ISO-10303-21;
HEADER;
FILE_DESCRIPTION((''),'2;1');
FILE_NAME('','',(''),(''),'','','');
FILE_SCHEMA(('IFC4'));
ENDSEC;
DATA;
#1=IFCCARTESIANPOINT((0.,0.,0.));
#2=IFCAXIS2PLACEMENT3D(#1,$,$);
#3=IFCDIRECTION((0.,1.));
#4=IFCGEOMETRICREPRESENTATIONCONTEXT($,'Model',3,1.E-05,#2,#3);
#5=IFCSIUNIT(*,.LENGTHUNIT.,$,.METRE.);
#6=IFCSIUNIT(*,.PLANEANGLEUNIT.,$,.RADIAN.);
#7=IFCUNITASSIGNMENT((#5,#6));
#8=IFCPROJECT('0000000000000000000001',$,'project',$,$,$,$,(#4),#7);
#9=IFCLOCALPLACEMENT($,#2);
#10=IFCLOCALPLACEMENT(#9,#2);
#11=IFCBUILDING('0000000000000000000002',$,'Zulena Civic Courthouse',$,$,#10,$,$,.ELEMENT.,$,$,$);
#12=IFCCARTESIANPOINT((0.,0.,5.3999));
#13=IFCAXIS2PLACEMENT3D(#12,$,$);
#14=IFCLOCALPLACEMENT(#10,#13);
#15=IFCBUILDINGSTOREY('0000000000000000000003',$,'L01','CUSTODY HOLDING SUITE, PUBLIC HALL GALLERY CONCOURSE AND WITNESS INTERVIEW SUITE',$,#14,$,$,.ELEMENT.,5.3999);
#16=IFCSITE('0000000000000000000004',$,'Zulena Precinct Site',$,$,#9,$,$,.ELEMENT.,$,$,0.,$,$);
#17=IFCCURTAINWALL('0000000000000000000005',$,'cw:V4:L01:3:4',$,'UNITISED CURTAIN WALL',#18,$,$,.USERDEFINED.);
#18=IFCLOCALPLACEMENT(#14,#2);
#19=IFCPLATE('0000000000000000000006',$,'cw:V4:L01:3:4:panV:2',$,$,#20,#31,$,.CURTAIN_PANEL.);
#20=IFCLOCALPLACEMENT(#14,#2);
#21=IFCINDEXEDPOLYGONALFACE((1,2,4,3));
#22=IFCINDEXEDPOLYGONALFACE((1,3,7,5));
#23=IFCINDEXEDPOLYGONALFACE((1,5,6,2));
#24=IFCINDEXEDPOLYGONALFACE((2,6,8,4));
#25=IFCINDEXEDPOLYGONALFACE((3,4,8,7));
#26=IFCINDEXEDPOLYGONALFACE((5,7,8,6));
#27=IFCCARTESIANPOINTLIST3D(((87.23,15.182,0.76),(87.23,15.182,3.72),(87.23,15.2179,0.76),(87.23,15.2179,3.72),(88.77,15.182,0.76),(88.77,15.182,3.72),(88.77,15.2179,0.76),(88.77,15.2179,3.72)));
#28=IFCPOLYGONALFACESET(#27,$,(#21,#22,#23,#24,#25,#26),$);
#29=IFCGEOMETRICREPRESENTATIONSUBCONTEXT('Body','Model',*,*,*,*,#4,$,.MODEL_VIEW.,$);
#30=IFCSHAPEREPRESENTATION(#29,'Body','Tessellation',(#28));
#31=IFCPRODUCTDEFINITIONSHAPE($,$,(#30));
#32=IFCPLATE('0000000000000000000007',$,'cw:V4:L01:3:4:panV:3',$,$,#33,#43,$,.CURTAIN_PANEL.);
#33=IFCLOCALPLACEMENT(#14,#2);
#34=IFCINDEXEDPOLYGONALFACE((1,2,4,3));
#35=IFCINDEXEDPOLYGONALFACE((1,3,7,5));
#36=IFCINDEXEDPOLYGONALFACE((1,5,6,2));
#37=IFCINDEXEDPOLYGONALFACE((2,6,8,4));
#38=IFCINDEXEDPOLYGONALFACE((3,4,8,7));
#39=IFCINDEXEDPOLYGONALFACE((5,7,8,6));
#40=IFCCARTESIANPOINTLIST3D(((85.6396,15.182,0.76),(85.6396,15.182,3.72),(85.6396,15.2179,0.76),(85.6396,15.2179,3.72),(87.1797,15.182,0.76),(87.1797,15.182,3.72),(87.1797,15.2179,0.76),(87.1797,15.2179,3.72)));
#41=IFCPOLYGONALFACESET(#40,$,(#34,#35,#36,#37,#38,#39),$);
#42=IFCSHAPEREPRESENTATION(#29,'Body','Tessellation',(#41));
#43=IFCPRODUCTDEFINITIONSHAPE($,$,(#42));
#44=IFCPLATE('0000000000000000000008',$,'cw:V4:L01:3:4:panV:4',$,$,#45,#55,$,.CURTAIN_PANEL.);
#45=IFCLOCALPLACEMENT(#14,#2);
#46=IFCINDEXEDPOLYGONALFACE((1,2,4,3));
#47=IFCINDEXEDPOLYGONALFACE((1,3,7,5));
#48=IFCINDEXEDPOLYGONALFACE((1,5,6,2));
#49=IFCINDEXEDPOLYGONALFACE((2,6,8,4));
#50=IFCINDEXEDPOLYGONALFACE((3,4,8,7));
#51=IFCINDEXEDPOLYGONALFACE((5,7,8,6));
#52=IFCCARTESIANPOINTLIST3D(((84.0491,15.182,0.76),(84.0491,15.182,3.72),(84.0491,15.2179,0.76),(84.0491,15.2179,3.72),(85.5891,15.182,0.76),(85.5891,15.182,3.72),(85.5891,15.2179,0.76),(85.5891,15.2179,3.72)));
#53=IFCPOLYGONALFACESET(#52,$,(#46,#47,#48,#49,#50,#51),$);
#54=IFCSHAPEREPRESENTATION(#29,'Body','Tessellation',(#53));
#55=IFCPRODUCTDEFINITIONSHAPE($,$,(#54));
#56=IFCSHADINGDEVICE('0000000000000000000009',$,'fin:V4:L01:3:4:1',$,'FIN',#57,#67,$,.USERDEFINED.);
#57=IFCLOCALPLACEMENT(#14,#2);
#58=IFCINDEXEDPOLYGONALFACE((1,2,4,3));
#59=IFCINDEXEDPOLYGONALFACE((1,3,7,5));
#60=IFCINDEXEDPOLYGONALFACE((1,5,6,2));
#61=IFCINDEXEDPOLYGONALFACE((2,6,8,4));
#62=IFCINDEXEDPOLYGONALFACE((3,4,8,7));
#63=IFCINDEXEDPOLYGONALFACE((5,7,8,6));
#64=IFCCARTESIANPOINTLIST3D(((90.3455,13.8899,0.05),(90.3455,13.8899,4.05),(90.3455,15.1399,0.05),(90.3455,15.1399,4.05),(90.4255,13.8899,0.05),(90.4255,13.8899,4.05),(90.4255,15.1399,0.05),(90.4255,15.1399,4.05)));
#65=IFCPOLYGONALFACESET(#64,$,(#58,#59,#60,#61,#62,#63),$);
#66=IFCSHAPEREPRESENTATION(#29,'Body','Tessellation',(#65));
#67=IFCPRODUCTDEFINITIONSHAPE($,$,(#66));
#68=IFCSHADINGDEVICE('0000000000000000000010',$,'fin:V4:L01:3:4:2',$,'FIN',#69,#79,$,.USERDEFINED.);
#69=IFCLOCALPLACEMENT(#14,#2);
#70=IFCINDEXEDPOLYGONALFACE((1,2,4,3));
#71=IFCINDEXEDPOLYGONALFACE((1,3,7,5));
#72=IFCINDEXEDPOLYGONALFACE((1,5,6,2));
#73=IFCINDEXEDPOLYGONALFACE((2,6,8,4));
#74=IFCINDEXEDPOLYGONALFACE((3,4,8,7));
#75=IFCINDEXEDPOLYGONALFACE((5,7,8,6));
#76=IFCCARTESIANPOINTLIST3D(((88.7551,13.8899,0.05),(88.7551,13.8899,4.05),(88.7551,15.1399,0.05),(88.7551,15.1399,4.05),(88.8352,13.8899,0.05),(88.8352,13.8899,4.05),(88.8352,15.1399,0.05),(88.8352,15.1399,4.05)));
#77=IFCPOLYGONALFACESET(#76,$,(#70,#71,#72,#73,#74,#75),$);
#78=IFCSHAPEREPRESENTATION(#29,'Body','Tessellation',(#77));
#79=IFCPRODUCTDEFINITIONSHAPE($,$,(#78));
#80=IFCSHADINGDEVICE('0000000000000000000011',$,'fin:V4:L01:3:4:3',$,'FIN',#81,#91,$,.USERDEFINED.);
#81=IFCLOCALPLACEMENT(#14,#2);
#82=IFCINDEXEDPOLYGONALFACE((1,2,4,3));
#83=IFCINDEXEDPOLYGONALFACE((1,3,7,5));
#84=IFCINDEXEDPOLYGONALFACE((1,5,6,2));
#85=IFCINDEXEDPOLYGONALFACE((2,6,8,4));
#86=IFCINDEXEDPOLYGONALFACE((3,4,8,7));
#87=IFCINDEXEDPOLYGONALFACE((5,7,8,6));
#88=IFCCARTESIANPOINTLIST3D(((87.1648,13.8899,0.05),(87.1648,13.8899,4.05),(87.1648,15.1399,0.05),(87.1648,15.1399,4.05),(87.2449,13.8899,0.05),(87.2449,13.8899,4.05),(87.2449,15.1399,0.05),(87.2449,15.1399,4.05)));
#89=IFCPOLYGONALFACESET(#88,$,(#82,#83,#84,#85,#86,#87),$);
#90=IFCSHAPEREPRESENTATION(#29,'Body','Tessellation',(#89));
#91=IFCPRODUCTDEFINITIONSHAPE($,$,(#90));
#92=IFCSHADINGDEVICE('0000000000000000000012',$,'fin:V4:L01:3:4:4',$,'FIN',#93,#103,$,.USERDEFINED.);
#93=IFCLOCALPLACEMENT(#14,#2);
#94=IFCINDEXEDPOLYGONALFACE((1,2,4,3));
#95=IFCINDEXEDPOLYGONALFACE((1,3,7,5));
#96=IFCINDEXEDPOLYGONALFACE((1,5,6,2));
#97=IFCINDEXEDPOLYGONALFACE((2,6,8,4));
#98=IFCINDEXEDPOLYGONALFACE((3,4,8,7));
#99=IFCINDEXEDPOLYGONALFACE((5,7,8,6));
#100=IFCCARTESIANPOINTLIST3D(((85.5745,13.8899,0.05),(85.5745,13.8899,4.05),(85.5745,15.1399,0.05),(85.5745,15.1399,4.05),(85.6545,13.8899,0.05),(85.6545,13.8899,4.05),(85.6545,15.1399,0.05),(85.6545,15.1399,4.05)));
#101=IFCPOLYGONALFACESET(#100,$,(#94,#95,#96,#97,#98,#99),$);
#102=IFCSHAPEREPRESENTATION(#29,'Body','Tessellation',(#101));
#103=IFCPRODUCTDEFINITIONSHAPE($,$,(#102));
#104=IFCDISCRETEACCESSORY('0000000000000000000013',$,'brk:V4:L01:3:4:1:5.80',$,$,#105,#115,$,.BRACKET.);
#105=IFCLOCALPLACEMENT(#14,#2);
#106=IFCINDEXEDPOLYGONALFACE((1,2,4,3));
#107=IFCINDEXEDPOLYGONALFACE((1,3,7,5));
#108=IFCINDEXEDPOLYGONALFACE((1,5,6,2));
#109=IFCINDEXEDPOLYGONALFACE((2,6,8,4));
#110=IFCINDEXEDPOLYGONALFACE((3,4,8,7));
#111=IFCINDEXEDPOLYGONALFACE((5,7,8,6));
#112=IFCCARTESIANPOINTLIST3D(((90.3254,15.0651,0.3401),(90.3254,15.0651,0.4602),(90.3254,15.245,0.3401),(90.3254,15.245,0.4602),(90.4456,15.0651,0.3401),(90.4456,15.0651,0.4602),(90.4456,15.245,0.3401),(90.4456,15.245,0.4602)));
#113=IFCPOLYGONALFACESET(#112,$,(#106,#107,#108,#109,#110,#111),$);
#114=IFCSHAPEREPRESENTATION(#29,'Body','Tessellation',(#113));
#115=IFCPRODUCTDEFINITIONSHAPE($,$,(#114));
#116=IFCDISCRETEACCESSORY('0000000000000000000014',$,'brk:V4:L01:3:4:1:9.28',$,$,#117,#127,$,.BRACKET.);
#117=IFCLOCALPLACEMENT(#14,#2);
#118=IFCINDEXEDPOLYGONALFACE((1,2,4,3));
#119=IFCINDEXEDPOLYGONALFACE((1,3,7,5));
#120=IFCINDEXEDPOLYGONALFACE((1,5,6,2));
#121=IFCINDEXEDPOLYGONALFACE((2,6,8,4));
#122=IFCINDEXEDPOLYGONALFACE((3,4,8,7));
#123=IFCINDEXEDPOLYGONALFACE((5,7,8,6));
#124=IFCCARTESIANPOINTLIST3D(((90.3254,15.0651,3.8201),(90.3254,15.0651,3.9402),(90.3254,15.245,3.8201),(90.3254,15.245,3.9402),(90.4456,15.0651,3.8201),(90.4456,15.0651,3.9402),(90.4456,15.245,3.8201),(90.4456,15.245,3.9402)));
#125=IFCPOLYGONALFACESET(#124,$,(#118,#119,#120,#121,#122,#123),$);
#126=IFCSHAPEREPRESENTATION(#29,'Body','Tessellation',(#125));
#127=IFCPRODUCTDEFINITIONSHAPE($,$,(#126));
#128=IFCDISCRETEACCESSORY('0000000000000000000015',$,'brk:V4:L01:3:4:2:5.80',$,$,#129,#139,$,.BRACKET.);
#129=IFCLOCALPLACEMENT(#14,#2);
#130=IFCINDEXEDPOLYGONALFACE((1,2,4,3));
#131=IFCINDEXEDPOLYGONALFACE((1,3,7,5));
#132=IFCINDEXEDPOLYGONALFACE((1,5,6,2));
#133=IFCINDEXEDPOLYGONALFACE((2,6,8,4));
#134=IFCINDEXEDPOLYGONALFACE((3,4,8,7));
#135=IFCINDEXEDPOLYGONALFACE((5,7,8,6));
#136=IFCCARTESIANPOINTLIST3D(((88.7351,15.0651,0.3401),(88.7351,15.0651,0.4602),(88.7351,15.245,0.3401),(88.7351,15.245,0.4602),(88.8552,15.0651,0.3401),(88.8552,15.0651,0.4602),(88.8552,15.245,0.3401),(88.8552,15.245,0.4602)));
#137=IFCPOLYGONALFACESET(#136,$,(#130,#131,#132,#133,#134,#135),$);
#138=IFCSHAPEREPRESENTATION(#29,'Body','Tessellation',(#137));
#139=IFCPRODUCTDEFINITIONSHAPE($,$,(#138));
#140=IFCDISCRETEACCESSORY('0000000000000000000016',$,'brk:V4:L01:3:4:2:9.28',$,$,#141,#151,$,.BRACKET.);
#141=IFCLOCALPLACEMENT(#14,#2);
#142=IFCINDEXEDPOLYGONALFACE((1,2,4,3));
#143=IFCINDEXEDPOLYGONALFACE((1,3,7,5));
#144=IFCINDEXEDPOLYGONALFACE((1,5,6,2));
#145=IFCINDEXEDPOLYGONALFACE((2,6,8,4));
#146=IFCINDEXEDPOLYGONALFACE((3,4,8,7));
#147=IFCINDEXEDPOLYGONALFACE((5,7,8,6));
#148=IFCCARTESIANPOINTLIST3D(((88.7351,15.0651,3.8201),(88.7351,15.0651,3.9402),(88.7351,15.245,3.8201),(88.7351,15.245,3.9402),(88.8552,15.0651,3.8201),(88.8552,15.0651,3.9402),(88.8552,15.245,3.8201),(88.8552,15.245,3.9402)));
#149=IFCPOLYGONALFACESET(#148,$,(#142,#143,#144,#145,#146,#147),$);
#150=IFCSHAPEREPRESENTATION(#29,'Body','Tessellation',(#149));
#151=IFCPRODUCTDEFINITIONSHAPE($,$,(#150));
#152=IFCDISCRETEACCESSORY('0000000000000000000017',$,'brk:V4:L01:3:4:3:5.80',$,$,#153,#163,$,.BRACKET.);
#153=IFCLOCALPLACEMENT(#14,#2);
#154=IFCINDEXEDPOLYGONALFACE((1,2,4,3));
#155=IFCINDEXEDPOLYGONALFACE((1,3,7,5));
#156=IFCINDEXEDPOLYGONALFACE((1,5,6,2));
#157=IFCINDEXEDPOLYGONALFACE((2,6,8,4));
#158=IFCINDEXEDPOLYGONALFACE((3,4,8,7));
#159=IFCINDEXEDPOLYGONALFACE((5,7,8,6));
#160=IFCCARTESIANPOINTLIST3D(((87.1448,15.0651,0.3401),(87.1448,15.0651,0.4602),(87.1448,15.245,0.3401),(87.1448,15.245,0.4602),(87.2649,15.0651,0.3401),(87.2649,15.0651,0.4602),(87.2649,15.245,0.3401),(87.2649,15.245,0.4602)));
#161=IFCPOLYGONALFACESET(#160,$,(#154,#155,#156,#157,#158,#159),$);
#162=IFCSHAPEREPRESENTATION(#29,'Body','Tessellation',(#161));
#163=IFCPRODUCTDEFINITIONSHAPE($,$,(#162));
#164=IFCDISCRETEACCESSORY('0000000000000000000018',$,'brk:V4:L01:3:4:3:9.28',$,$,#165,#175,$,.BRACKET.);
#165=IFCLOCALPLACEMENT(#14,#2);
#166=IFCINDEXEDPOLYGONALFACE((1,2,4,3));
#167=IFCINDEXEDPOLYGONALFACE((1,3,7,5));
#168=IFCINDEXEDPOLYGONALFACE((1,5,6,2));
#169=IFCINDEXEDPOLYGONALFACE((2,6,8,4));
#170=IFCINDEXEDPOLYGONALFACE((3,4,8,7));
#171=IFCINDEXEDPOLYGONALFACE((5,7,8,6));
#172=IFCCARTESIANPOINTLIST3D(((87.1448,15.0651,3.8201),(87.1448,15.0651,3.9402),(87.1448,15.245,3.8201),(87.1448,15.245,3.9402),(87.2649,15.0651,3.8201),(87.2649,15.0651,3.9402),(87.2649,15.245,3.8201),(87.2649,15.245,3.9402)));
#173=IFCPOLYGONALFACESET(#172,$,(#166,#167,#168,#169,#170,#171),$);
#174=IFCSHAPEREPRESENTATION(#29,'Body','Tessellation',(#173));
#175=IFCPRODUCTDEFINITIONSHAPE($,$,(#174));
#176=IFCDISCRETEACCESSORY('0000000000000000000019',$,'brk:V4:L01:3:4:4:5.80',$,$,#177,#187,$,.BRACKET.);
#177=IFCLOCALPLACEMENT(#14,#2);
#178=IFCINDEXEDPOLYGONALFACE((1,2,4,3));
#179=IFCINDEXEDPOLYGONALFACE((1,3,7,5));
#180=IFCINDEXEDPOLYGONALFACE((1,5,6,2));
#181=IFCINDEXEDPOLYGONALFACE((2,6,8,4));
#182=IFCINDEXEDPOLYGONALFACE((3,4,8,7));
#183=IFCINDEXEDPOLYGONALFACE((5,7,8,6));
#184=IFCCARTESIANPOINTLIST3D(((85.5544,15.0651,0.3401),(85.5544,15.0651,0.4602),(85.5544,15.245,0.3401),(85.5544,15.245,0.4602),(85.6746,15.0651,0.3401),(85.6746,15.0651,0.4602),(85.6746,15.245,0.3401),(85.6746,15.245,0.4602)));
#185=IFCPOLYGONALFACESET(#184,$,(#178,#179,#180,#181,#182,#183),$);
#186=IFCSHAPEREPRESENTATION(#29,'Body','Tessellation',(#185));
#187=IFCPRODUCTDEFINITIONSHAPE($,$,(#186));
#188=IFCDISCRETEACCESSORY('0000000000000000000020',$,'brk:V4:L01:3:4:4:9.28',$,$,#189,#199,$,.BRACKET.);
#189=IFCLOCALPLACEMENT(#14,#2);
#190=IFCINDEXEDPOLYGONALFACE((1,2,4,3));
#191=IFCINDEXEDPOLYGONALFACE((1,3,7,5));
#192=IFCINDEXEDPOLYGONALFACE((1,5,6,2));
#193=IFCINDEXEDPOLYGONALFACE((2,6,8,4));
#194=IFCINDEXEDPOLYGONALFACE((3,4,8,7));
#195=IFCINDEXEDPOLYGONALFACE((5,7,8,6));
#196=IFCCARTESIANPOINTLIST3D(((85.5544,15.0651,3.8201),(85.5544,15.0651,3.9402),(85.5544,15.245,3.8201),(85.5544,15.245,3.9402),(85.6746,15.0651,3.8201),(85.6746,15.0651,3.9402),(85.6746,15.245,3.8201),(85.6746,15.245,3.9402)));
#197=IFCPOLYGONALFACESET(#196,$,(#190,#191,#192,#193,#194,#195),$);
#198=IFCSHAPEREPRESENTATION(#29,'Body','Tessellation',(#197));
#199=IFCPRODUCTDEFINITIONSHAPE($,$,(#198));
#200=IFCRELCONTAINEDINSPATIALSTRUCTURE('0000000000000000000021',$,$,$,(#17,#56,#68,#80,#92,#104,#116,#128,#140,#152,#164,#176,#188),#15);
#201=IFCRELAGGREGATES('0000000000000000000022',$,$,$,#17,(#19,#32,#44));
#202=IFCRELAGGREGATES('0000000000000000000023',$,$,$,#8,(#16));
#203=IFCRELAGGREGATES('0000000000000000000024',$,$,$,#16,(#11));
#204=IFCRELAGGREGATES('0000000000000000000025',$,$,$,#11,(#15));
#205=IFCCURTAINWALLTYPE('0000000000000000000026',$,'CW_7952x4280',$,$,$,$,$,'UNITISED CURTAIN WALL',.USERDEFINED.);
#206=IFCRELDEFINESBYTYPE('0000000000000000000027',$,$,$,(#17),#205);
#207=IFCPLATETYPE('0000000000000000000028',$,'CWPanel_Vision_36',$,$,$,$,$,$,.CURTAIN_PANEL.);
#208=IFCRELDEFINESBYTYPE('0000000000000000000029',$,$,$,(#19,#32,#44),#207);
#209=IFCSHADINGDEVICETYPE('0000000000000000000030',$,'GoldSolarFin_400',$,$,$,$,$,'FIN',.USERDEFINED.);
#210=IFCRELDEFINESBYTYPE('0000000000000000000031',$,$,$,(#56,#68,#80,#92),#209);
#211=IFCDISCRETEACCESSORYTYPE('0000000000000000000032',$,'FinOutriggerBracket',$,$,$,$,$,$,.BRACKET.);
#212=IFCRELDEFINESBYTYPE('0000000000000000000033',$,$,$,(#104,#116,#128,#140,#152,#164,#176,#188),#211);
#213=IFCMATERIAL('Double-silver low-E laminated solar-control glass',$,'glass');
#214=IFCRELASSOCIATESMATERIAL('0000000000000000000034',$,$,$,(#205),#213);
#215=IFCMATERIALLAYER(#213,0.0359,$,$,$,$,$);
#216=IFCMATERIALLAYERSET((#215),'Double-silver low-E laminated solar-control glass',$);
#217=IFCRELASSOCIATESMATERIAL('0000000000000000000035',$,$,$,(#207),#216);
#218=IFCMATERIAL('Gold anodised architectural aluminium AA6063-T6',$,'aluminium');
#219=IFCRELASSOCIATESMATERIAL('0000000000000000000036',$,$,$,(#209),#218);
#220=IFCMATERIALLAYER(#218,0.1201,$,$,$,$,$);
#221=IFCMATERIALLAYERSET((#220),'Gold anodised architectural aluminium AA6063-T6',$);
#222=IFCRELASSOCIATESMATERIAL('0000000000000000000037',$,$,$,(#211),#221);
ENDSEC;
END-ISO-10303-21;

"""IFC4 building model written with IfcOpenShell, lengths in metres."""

from ifc_helpers import new_model, si_unit, direction, frame, origin, origin_2d, place, context, subcontext, project, spatial, rectangle, extrude, material, layer, layer_set, type_object, element, aggregate, save


model = new_model("IFC4")

# Units and contexts
model_context = context("Model", 3, precision=1e-05, world=origin(), true_north=direction((0.0, 1.0)))
body_context = subcontext(model_context, "Body", "Model", "MODEL_VIEW")
ifc_project = project(units=[si_unit("LENGTHUNIT", "METRE"), si_unit("PLANEANGLEUNIT", "RADIAN")], contexts=[model_context])

# Site, building, storey
site_placement = place(None, origin())
site = spatial("IfcSite", under=ifc_project, at=site_placement, Name="Zulena Precinct Site", CompositionType="ELEMENT", RefElevation=0.0)
building_placement = place(site_placement, origin())
building = spatial("IfcBuilding", under=site, at=building_placement, Name="Zulena Civic Courthouse", CompositionType="ELEMENT")
storey_placement = place(building_placement, frame((0.0, 0.0, 5.3999)))
storey = spatial("IfcBuildingStorey", under=building, at=storey_placement, Name="L01", Description="CUSTODY HOLDING SUITE, PUBLIC HALL GALLERY CONCOURSE AND WITNESS INTERVIEW SUITE", CompositionType="ELEMENT", Elevation=5.3999)

# Curtain wall
ifc_material_1 = material(Name="Double-silver low-E laminated solar-control glass", Category="glass")
curtain_wall_type = type_object("IfcCurtainWallType", Name="CW_7952x4280", ElementType="UNITISED CURTAIN WALL", PredefinedType="USERDEFINED", material=ifc_material_1)
curtain_wall_placement = place(storey_placement, origin())
curtain_wall = element("IfcCurtainWall", 1, at=curtain_wall_placement, inside=storey, type_object=curtain_wall_type, Name="cw:V4:L01:3:4", ObjectType="UNITISED CURTAIN WALL", PredefinedType="USERDEFINED")

# Plates
ifc_layer_1 = layer(ifc_material_1, 0.0359)
ifc_layer_set_1 = layer_set([ifc_layer_1], Name="Double-silver low-E laminated solar-control glass")
plate_type_1 = type_object("IfcPlateType", Name="CWPanel_Vision_36", PredefinedType="CURTAIN_PANEL", material=ifc_layer_set_1)
plate_1_placement = place(storey_placement, frame((88.0, 15.2, 0.76), z_axis=(0.0, 0.0, 1.0), x_axis=(-1.0, 0.0, 0.0)))
plate_1 = element("IfcPlate", 2, at=plate_1_placement, type_object=plate_type_1, Name="cw:V4:L01:3:4:panV:2", PredefinedType="CURTAIN_PANEL", context=body_context, shape_type="SweptSolid", body=[
    extrude(rectangle(XDim=1.54, YDim=0.0359, at=origin_2d()), origin(), (0.0, 0.0, 1.0), 2.96),
])
plate_2_placement = place(storey_placement, frame((86.4097, 15.2, 0.76), z_axis=(0.0, 0.0, 1.0), x_axis=(-1.0, 0.0, 0.0)))
plate_2 = element("IfcPlate", 3, at=plate_2_placement, type_object=plate_type_1, Name="cw:V4:L01:3:4:panV:3", PredefinedType="CURTAIN_PANEL", context=body_context, shape_type="SweptSolid", body=[
    extrude(rectangle(XDim=1.54, YDim=0.0359, at=origin_2d()), origin(), (0.0, 0.0, 1.0), 2.96),
])
plate_3_placement = place(storey_placement, frame((84.8191, 15.2, 0.76), z_axis=(0.0, 0.0, 1.0), x_axis=(-1.0, 0.0, 0.0)))
plate_3 = element("IfcPlate", 4, at=plate_3_placement, type_object=plate_type_1, Name="cw:V4:L01:3:4:panV:4", PredefinedType="CURTAIN_PANEL", context=body_context, shape_type="SweptSolid", body=[
    extrude(rectangle(XDim=1.54, YDim=0.0359, at=origin_2d()), origin(), (0.0, 0.0, 1.0), 2.96),
])
aggregate(curtain_wall, [plate_1, plate_2, plate_3])

# Shading devices
ifc_material_2 = material(Name="Gold anodised architectural aluminium AA6063-T6", Category="aluminium")
shading_device_type = type_object("IfcShadingDeviceType", Name="GoldSolarFin_400", ElementType="FIN", PredefinedType="USERDEFINED", material=ifc_material_2)
for number, where, z_axis, x_axis, name in (
    (5, (90.3855, 14.5149, 0.05), (0.0, 0.0, 1.0), (0.0, -1.0, 0.0), "fin:V4:L01:3:4:1"),
    (6, (88.7952, 14.5149, 0.05), (0.0, 0.0, 1.0), (0.0, -1.0, 0.0), "fin:V4:L01:3:4:2"),
    (7, (87.2048, 14.5149, 0.05), (0.0, 0.0, 1.0), (0.0, -1.0, 0.0), "fin:V4:L01:3:4:3"),
    (8, (85.6145, 14.5149, 0.05), (0.0, 0.0, 1.0), (0.0, -1.0, 0.0), "fin:V4:L01:3:4:4"),
):
    element("IfcShadingDevice", number, at=place(storey_placement, frame(where, z_axis=z_axis, x_axis=x_axis)), inside=storey, type_object=shading_device_type, Name=name, ObjectType="FIN", PredefinedType="USERDEFINED", context=body_context, shape_type="SweptSolid", body=[
        extrude(rectangle(XDim=1.25, YDim=0.0801, at=origin_2d()), origin(), (0.0, 0.0, 1.0), 4.0),
    ])

# Discrete accessories
ifc_layer_2 = layer(ifc_material_2, 0.1201)
ifc_layer_set_2 = layer_set([ifc_layer_2], Name="Gold anodised architectural aluminium AA6063-T6")
discrete_accessory_type = type_object("IfcDiscreteAccessoryType", Name="FinOutriggerBracket", PredefinedType="BRACKET", material=ifc_layer_set_2)
for number, where, z_axis, x_axis, name in (
    (9, (90.3855, 15.155, 0.3401), (0.0, 0.0, 1.0), (0.0, -1.0, 0.0), "brk:V4:L01:3:4:1:5.80"),
    (10, (90.3855, 15.155, 3.8201), (0.0, 0.0, 1.0), (0.0, -1.0, 0.0), "brk:V4:L01:3:4:1:9.28"),
    (11, (88.7952, 15.155, 0.3401), (0.0, 0.0, 1.0), (0.0, -1.0, 0.0), "brk:V4:L01:3:4:2:5.80"),
    (12, (88.7952, 15.155, 3.8201), (0.0, 0.0, 1.0), (0.0, -1.0, 0.0), "brk:V4:L01:3:4:2:9.28"),
    (13, (87.2048, 15.155, 0.3401), (0.0, 0.0, 1.0), (0.0, -1.0, 0.0), "brk:V4:L01:3:4:3:5.80"),
    (14, (87.2048, 15.155, 3.8201), (0.0, 0.0, 1.0), (0.0, -1.0, 0.0), "brk:V4:L01:3:4:3:9.28"),
    (15, (85.6145, 15.155, 0.3401), (0.0, 0.0, 1.0), (0.0, -1.0, 0.0), "brk:V4:L01:3:4:4:5.80"),
    (16, (85.6145, 15.155, 3.8201), (0.0, 0.0, 1.0), (0.0, -1.0, 0.0), "brk:V4:L01:3:4:4:9.28"),
):
    element("IfcDiscreteAccessory", number, at=place(storey_placement, frame(where, z_axis=z_axis, x_axis=x_axis)), inside=storey, type_object=discrete_accessory_type, Name=name, PredefinedType="BRACKET", context=body_context, shape_type="SweptSolid", body=[
        extrude(rectangle(XDim=0.1799, YDim=0.1201, at=origin_2d()), origin(), (0.0, 0.0, 1.0), 0.1201),
    ])

save(model, "model.ifc")
